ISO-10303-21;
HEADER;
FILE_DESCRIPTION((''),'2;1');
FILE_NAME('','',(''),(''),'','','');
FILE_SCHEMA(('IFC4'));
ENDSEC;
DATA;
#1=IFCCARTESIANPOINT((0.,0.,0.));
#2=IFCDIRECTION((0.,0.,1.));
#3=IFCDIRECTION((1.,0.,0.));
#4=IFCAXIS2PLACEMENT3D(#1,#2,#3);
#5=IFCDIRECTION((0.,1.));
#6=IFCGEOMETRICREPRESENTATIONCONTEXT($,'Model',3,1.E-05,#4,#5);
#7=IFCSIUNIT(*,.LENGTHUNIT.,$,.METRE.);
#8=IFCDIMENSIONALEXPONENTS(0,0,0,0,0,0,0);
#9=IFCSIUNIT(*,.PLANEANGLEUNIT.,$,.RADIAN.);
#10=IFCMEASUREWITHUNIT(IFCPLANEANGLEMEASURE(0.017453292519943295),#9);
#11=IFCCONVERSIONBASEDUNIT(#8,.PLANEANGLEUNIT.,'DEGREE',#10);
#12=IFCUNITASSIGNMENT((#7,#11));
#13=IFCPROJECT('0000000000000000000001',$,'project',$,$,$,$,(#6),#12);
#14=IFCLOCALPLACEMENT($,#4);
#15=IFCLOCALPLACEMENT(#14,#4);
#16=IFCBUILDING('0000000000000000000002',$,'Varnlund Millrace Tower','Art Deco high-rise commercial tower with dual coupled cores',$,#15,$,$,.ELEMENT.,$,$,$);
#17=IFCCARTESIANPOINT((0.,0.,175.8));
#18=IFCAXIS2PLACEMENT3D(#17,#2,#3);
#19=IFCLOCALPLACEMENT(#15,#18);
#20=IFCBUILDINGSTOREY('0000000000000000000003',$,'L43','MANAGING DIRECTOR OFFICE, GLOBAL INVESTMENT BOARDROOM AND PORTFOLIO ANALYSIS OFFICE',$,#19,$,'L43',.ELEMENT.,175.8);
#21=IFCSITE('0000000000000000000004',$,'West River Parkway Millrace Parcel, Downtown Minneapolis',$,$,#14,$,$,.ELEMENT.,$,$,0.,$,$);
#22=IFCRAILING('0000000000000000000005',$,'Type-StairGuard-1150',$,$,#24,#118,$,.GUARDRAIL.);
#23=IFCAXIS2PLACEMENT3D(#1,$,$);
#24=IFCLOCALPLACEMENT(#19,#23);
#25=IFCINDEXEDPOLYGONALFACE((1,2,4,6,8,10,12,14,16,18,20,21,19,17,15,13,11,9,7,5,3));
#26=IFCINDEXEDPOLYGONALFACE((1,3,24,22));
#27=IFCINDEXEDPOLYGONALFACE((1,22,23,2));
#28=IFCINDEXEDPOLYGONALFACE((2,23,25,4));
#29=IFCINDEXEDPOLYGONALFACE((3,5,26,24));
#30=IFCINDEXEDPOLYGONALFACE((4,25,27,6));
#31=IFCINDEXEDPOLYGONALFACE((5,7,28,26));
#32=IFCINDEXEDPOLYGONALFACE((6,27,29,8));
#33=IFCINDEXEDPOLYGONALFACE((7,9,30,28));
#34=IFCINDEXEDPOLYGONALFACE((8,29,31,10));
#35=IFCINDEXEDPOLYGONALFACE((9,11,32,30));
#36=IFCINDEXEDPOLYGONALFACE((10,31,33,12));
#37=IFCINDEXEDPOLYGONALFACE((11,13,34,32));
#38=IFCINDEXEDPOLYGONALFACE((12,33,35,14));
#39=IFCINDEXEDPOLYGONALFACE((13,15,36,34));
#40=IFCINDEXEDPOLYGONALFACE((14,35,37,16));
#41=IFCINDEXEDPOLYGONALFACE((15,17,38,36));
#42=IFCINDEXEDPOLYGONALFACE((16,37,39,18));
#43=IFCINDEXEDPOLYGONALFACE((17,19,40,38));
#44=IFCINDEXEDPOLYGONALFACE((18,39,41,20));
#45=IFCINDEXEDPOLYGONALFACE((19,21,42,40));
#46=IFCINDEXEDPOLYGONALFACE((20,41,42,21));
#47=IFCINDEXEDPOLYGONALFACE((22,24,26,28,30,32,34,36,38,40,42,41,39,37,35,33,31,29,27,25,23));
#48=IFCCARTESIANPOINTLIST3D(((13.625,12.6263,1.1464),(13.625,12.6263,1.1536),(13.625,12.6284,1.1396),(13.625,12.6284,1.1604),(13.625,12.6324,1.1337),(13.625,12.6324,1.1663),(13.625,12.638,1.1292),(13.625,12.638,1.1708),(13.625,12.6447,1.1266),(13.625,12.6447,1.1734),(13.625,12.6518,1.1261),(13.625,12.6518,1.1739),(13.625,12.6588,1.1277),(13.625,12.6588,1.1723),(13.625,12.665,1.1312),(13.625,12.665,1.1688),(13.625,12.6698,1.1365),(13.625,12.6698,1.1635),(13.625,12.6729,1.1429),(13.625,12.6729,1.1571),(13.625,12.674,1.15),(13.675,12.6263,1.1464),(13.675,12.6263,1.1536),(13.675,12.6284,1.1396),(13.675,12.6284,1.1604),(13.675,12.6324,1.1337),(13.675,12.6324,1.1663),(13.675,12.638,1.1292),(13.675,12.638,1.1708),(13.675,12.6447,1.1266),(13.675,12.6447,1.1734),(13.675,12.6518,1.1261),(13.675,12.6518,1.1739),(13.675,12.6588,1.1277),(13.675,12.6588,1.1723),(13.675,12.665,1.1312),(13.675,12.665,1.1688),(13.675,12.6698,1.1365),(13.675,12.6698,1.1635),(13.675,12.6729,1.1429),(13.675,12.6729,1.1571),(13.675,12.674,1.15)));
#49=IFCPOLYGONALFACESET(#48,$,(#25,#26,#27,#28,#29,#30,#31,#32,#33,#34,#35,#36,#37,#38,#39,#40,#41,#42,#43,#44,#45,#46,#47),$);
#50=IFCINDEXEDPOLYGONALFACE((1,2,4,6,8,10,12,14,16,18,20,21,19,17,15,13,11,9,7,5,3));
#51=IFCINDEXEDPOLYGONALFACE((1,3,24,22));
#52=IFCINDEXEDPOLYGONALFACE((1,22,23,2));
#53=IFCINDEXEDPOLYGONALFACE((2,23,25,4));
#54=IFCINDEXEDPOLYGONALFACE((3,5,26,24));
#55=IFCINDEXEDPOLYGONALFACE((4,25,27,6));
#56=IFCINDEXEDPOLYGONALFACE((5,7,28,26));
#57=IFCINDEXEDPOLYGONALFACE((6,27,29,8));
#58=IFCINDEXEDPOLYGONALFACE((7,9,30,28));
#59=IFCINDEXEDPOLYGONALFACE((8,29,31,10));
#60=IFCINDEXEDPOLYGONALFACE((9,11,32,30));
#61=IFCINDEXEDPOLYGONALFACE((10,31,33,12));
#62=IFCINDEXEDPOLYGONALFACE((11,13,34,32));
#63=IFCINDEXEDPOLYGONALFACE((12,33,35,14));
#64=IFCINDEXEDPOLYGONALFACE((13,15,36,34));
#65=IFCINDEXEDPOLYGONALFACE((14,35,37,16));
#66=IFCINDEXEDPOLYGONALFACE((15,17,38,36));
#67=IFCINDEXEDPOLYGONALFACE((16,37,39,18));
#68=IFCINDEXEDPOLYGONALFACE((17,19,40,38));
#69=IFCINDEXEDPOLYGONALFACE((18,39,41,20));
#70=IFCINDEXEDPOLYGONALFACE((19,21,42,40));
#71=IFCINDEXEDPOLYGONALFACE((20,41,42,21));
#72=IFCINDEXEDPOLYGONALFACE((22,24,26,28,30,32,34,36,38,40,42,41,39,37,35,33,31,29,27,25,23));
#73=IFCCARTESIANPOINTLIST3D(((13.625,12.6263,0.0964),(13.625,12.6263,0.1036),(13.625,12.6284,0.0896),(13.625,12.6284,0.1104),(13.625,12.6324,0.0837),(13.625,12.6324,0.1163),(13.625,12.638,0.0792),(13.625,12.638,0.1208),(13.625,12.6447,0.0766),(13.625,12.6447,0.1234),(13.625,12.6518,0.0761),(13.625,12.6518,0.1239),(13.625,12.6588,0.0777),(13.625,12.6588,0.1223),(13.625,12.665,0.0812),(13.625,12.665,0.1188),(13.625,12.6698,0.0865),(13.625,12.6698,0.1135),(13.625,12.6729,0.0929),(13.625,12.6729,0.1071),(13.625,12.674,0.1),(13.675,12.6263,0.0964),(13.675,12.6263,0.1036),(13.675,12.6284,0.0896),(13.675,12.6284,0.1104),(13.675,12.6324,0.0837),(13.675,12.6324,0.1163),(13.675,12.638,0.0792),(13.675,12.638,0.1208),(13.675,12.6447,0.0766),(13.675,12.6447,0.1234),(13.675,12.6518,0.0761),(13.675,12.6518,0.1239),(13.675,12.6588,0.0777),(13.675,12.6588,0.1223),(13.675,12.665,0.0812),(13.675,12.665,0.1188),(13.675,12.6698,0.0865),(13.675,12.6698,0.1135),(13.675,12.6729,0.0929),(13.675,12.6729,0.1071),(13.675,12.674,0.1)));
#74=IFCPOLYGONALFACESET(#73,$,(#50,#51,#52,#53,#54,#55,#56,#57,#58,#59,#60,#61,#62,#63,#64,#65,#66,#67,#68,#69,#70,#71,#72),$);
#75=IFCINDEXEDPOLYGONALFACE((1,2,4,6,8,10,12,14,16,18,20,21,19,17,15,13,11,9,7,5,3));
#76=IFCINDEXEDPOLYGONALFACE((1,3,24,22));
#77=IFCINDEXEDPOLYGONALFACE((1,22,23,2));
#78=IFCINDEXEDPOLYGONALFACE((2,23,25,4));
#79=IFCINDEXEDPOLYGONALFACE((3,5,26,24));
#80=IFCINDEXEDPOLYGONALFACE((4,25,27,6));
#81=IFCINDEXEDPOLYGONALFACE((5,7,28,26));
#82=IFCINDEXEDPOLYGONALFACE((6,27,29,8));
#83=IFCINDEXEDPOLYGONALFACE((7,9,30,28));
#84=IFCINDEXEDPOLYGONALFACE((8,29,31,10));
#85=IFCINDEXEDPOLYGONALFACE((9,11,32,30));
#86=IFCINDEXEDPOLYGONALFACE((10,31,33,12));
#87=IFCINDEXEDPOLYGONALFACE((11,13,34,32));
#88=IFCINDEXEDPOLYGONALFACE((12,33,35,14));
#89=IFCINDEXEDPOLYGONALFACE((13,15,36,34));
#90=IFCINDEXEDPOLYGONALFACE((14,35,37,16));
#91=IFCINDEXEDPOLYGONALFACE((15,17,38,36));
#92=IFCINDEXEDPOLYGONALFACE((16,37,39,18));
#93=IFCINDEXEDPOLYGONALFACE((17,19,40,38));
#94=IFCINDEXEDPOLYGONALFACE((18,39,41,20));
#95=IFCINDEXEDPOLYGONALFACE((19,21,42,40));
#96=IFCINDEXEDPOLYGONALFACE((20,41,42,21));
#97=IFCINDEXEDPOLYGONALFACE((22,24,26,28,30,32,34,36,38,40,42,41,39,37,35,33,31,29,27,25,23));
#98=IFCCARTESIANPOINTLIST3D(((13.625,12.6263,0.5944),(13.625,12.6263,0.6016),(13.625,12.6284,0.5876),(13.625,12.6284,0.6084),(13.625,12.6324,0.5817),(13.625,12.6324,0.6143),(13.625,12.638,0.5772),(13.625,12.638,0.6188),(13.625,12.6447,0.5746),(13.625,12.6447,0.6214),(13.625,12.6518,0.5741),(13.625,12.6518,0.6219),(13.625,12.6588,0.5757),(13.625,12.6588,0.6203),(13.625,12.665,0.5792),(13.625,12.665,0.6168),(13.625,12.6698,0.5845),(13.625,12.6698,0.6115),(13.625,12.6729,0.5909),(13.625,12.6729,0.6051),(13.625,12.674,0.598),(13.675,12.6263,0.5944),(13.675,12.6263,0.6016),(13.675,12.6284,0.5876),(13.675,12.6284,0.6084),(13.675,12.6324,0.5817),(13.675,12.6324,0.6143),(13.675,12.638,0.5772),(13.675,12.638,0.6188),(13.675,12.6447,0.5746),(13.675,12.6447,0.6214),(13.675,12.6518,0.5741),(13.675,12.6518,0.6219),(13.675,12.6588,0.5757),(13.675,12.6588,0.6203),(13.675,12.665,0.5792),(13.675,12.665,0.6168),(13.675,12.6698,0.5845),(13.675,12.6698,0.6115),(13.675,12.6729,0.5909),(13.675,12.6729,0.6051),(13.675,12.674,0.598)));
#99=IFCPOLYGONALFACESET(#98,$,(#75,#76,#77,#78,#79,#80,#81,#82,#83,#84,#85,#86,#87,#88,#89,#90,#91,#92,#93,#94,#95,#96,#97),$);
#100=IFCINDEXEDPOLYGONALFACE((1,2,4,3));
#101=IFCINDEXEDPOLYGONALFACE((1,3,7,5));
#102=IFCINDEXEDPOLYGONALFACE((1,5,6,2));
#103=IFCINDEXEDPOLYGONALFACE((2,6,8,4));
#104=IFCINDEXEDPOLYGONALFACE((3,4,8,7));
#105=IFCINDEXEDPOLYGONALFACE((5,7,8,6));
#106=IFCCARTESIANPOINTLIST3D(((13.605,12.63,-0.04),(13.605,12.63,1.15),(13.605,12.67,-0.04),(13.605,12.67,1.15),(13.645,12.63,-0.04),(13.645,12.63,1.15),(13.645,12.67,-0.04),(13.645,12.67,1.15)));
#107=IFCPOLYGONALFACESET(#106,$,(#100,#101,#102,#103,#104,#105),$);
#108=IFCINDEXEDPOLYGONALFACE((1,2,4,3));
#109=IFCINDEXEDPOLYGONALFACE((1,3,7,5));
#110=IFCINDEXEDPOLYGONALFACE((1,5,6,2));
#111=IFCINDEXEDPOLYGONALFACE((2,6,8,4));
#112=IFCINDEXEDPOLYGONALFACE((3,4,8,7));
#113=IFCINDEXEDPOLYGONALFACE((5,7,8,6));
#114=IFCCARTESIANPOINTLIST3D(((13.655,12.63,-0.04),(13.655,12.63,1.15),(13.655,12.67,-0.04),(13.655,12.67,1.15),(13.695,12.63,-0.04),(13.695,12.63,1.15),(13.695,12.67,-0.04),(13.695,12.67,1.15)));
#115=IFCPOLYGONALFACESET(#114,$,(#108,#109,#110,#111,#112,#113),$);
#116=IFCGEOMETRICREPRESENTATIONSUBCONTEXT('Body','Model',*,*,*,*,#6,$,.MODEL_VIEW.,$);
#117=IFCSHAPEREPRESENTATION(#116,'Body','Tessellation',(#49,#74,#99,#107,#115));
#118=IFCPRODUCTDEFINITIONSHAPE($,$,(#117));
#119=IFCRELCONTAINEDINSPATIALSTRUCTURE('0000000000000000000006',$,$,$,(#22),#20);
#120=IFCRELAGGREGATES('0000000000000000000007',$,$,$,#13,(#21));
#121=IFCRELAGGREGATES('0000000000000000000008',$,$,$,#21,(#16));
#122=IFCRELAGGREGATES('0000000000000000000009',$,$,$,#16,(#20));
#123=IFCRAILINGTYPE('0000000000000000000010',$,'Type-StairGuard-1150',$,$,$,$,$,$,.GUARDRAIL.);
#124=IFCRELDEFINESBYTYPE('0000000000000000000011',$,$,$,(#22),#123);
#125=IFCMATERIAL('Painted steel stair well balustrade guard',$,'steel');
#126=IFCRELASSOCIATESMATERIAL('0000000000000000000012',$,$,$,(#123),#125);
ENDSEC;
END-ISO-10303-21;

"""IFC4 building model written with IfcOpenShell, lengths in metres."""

from ifc_helpers import new_model, entity, si_unit, converted_unit, direction, frame, origin_with_axes, origin_2d_with_axis, place, context, subcontext, project, spatial, rectangle, circle, extrude, material, type_object, element, save


model = new_model("IFC4")

# Units and contexts
model_context = context("Model", 3, precision=1e-05, world=origin_with_axes(), true_north=direction((0.0, 1.0)))
body_context = subcontext(model_context, "Body", "Model", "MODEL_VIEW")
ifc_project = project(units=[si_unit("LENGTHUNIT", "METRE"), converted_unit("PLANEANGLEUNIT", "DEGREE", entity("IfcPlaneAngleMeasure", 0.017453292519943295), si_unit("PLANEANGLEUNIT", "RADIAN"), dimensions=[0, 0, 0, 0, 0, 0, 0])], contexts=[model_context])

# Site, building, storey
site_placement = place(None, origin_with_axes())
site = spatial("IfcSite", under=ifc_project, at=site_placement, Name="West River Parkway Millrace Parcel, Downtown Minneapolis", CompositionType="ELEMENT", RefElevation=0.0)
building_placement = place(site_placement, origin_with_axes())
building = spatial("IfcBuilding", under=site, at=building_placement, Name="Varnlund Millrace Tower", Description="Art Deco high-rise commercial tower with dual coupled cores", CompositionType="ELEMENT")
storey_placement = place(building_placement, frame((0.0, 0.0, 175.8), z_axis=(0.0, 0.0, 1.0), x_axis=(1.0, 0.0, 0.0)))
storey = spatial("IfcBuildingStorey", under=building, at=storey_placement, Name="L43", Description="MANAGING DIRECTOR OFFICE, GLOBAL INVESTMENT BOARDROOM AND PORTFOLIO ANALYSIS OFFICE", LongName="L43", CompositionType="ELEMENT", Elevation=175.8)

# Railing
ifc_material_1 = material(Name="Painted steel stair well balustrade guard", Category="steel")
railing_type_1 = type_object("IfcRailingType", Name="Type-StairGuard-1150", PredefinedType="GUARDRAIL", material=ifc_material_1)
railing_1_placement = place(storey_placement, frame((0.0, 0.0, -175.8), z_axis=(0.0, 0.0, 1.0), x_axis=(1.0, 0.0, 0.0)))
element("IfcRailing", 1, at=railing_1_placement, inside=storey, type_object=railing_type_1, Name="Type-StairGuard-1150", PredefinedType="GUARDRAIL", context=body_context, shape_type="SweptSolid", body=[
    extrude(circle(Radius=0.024, at=origin_2d_with_axis()), frame((13.625, 12.65, 176.95), z_axis=(1.0, 0.0, 0.0), x_axis=(0.0, 1.0, 0.0)), (0.0, 0.0, 1.0), 0.05),
    extrude(circle(Radius=0.024, at=origin_2d_with_axis()), frame((13.625, 12.65, 175.9), z_axis=(1.0, 0.0, 0.0), x_axis=(0.0, 1.0, 0.0)), (0.0, 0.0, 1.0), 0.05),
    extrude(circle(Radius=0.024, at=origin_2d_with_axis()), frame((13.625, 12.65, 176.398), z_axis=(1.0, 0.0, 0.0), x_axis=(0.0, 1.0, 0.0)), (0.0, 0.0, 1.0), 0.05),
    extrude(rectangle(XDim=0.04, YDim=0.04, at=origin_2d_with_axis()), frame((13.625, 12.65, 175.76), z_axis=(0.0, 0.0, 1.0), x_axis=(1.0, 0.0, 0.0)), (0.0, 0.0, 1.0), 1.19),
    extrude(rectangle(XDim=0.04, YDim=0.04, at=origin_2d_with_axis()), frame((13.675, 12.65, 175.76), z_axis=(0.0, 0.0, 1.0), x_axis=(1.0, 0.0, 0.0)), (0.0, 0.0, 1.0), 1.19),
])

save(model, "model.ifc")
